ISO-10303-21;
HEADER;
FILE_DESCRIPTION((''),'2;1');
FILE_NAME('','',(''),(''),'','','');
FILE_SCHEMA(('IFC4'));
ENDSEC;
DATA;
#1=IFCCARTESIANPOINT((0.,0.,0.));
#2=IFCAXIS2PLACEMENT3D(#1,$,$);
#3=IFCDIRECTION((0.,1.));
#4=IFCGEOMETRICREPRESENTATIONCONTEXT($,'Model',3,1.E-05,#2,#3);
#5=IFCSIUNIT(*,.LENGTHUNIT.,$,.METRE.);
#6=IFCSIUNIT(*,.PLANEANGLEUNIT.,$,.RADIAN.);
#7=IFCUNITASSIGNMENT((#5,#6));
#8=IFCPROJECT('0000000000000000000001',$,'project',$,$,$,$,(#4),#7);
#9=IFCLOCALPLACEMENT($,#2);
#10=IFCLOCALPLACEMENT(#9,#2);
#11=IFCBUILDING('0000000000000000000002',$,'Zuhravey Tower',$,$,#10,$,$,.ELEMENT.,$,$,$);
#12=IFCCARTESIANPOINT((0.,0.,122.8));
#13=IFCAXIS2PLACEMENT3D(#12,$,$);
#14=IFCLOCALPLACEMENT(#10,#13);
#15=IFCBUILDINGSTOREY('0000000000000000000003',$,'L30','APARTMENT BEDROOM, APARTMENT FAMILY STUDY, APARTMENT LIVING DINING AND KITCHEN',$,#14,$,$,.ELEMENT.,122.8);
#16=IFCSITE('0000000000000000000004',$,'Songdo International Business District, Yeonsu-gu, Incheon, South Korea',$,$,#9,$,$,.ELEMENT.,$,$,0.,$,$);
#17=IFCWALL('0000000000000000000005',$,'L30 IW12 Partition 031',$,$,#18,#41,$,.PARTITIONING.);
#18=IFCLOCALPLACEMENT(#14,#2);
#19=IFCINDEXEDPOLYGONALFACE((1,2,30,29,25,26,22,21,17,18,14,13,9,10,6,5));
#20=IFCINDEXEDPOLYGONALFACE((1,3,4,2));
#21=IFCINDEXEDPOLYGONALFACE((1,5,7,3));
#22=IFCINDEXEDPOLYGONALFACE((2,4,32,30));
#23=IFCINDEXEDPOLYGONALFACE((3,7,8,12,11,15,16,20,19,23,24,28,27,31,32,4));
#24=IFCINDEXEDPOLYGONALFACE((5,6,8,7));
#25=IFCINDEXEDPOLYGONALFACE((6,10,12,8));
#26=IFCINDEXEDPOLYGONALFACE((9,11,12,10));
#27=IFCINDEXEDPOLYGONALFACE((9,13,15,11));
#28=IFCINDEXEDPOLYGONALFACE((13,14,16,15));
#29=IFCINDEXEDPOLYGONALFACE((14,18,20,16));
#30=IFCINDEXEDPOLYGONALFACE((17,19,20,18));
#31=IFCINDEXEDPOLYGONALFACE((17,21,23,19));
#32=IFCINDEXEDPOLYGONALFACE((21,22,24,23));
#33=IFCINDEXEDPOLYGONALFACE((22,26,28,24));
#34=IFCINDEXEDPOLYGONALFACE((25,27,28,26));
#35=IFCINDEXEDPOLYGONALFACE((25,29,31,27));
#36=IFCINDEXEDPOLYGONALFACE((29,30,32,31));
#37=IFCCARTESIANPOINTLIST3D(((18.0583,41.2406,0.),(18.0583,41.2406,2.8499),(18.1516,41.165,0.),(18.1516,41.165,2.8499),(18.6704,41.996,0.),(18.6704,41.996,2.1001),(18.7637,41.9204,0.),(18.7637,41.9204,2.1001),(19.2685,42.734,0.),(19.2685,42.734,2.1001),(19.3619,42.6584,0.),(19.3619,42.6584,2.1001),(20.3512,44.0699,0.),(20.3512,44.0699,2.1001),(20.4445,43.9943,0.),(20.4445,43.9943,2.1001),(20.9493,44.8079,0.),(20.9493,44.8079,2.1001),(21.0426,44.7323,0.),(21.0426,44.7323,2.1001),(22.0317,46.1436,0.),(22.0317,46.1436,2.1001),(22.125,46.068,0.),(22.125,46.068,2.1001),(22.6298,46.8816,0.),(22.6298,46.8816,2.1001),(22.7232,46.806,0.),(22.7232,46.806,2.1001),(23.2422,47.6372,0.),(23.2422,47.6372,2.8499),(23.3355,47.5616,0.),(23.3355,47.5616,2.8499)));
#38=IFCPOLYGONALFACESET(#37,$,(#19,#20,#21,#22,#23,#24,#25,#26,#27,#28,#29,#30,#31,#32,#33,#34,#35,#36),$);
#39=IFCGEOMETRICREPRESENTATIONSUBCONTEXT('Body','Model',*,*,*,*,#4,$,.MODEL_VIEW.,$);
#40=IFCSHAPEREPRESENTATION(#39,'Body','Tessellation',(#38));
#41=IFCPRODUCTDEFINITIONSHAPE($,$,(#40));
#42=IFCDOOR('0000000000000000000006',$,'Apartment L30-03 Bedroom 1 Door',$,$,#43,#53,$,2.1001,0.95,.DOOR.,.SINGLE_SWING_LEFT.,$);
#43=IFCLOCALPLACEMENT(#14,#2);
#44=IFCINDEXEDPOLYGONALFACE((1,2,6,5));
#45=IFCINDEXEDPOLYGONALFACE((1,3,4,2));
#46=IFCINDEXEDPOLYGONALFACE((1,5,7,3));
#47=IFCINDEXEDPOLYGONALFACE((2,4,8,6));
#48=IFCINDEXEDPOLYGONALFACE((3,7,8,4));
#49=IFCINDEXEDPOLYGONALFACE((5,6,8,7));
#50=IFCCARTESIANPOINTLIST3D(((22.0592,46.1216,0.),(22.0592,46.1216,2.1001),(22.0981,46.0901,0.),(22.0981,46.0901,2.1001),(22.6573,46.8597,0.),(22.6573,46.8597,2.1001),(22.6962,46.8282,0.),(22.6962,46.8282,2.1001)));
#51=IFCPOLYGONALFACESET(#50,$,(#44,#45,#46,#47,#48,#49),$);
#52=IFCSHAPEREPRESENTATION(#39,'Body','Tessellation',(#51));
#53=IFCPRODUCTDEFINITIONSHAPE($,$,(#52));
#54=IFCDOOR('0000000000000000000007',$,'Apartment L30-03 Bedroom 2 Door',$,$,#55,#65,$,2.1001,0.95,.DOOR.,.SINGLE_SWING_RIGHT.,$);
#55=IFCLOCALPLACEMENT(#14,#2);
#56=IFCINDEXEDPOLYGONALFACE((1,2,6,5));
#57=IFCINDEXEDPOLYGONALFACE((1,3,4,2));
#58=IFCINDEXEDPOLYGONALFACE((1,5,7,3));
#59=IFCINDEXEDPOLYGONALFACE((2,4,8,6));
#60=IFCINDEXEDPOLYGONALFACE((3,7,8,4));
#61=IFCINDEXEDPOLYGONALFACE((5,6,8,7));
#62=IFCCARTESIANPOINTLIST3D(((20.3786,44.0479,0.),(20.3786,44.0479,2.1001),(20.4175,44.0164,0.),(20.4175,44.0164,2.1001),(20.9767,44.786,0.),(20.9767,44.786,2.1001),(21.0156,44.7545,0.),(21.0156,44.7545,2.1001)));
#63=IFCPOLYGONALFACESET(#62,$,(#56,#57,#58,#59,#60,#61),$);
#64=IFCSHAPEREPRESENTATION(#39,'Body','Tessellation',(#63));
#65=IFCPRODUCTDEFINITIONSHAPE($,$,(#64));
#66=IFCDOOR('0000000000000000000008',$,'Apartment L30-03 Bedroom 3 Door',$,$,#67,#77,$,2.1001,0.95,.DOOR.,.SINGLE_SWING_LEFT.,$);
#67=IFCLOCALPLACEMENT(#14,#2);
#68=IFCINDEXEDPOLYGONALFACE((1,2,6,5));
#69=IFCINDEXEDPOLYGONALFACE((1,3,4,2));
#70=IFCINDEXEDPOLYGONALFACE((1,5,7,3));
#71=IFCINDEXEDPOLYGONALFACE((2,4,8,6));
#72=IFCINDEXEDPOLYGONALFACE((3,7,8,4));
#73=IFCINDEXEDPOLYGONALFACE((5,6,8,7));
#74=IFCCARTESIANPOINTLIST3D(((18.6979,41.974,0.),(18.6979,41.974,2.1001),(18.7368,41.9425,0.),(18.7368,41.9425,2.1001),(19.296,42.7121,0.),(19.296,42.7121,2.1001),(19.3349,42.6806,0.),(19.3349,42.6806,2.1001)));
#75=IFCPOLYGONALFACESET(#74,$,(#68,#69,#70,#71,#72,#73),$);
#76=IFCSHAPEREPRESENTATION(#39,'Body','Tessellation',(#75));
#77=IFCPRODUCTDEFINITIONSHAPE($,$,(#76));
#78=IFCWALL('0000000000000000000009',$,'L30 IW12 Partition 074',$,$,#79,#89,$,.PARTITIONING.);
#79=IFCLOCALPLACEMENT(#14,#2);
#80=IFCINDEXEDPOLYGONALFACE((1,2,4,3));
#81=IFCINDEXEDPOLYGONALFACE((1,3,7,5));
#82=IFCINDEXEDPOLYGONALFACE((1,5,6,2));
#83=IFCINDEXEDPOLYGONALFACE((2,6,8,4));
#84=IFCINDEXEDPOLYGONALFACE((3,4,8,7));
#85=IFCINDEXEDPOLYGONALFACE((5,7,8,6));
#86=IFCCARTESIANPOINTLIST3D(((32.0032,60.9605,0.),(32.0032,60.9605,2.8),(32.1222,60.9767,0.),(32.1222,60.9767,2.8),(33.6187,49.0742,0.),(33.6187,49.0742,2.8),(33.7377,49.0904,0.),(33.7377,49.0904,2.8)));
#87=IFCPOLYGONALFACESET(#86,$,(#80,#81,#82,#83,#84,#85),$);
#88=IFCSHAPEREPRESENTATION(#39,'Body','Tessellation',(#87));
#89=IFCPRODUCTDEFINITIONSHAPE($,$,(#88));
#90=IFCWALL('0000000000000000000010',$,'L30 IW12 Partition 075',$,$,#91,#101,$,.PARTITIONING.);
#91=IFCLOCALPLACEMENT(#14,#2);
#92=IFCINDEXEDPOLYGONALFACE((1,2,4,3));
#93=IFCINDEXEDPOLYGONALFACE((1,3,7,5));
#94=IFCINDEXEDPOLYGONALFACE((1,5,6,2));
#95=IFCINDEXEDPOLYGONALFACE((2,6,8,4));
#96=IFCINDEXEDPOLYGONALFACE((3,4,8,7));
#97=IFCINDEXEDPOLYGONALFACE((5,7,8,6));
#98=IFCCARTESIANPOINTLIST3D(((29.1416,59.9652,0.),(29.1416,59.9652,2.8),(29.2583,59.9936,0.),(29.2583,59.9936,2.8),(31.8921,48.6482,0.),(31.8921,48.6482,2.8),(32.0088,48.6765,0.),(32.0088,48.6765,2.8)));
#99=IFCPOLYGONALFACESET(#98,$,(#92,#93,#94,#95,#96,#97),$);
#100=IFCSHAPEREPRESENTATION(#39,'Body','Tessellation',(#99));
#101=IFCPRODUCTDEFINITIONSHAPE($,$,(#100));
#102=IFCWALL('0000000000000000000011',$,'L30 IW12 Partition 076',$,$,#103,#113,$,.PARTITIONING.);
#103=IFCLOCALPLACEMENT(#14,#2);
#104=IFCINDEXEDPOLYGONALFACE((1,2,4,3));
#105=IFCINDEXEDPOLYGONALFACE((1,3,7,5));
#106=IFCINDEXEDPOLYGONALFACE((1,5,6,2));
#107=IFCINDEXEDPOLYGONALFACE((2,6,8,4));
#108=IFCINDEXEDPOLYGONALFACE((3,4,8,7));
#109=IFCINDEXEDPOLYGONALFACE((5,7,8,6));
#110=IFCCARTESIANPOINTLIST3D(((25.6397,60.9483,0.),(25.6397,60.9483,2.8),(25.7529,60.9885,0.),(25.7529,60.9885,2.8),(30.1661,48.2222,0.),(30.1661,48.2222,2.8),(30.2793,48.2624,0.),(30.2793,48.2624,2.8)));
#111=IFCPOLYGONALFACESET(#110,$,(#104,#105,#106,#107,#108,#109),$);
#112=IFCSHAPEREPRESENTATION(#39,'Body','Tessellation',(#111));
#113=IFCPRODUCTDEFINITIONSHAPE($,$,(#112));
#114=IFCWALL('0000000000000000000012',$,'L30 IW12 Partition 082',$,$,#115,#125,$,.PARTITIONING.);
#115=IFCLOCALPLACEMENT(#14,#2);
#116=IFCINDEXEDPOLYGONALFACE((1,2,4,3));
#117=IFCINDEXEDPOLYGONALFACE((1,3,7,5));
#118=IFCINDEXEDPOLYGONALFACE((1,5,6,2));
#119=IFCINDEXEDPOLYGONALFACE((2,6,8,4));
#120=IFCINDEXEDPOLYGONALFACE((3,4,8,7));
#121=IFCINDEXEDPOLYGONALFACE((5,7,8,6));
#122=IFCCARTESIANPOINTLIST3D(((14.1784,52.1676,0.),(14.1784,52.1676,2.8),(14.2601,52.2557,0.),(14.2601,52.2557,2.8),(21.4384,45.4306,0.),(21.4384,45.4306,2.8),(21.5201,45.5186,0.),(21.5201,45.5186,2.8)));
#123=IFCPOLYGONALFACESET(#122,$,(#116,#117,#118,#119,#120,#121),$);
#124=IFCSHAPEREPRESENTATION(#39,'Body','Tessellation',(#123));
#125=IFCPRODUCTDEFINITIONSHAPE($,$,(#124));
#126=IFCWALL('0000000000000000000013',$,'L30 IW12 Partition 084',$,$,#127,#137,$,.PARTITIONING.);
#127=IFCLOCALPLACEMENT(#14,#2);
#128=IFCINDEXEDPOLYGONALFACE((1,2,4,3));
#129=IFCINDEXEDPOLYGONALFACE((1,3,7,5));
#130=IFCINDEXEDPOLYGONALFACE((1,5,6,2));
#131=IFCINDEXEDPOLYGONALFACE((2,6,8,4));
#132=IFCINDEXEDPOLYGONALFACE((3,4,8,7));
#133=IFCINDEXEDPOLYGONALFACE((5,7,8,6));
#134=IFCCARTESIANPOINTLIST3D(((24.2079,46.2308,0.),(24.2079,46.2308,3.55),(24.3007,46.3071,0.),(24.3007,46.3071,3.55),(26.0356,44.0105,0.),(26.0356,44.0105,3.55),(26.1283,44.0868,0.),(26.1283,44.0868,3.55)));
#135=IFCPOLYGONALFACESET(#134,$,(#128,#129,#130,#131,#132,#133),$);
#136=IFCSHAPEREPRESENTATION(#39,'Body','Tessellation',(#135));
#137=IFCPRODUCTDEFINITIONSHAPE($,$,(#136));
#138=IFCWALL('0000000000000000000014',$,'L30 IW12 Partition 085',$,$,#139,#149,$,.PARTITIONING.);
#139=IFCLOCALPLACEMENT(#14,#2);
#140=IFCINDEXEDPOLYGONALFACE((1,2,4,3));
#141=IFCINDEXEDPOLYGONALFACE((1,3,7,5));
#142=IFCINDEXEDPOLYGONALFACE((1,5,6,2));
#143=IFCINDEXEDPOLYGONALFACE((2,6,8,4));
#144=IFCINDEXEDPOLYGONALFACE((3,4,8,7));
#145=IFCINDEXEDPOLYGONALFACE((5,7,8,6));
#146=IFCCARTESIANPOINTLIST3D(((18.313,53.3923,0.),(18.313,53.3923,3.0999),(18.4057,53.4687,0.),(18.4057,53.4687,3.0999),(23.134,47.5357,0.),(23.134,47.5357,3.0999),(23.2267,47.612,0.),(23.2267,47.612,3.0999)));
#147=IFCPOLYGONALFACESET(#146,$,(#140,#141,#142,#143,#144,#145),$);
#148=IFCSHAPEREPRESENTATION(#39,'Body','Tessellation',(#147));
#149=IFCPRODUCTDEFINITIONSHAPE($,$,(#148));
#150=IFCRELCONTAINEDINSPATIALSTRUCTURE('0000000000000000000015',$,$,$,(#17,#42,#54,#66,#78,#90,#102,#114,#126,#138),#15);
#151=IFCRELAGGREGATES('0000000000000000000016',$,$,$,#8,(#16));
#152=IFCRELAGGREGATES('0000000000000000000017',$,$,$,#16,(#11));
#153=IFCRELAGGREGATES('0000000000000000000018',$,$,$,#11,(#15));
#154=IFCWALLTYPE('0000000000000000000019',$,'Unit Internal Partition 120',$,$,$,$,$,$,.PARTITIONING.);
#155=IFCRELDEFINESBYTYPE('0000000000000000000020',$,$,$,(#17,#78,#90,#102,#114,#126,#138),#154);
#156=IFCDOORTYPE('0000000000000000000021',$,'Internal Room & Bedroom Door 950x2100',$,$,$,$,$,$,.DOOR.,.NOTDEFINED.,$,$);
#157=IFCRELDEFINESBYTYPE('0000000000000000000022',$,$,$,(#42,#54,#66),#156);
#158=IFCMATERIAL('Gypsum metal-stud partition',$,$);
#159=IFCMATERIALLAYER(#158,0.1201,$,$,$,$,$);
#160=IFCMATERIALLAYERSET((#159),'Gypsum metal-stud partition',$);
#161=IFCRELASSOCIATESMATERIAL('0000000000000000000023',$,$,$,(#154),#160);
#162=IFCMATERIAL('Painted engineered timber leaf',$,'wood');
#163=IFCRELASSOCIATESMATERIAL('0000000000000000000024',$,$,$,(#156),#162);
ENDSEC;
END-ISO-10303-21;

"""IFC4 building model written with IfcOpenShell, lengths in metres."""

from ifc_helpers import new_model, si_unit, direction, frame, frame_2d, origin, place, context, subcontext, project, spatial, rectangle, extrude, material, layer, layer_set, type_object, element, fill, save


model = new_model("IFC4")

# Units and contexts
model_context = context("Model", 3, precision=1e-05, world=origin(), true_north=direction((0.0, 1.0)))
body_context = subcontext(model_context, "Body", "Model", "MODEL_VIEW")
ifc_project = project(units=[si_unit("LENGTHUNIT", "METRE"), si_unit("PLANEANGLEUNIT", "RADIAN")], contexts=[model_context])

# Site, building, storey
site_placement = place(None, origin())
site = spatial("IfcSite", under=ifc_project, at=site_placement, Name="Songdo International Business District, Yeonsu-gu, Incheon, South Korea", CompositionType="ELEMENT", RefElevation=0.0)
building_placement = place(site_placement, origin())
building = spatial("IfcBuilding", under=site, at=building_placement, Name="Zuhravey Tower", CompositionType="ELEMENT")
storey_placement = place(building_placement, frame((0.0, 0.0, 122.8)))
storey = spatial("IfcBuildingStorey", under=building, at=storey_placement, Name="L30", Description="APARTMENT BEDROOM, APARTMENT FAMILY STUDY, APARTMENT LIVING DINING AND KITCHEN", CompositionType="ELEMENT", Elevation=122.8)

# Shared definitions
ifc_material_1 = material(Name="Gypsum metal-stud partition")
ifc_layer_1 = layer(ifc_material_1, 0.1201)
ifc_layer_set_1 = layer_set([ifc_layer_1], Name="Gypsum metal-stud partition")
wall_type_1 = type_object("IfcWallType", Name="Unit Internal Partition 120", PredefinedType="PARTITIONING", material=ifc_layer_set_1)
ifc_material_2 = material(Name="Painted engineered timber leaf", Category="wood")
door_type_1 = type_object("IfcDoorType", Name="Internal Room & Bedroom Door 950x2100", OperationType="NOTDEFINED", PredefinedType="DOOR", material=ifc_material_2)

# Wall, openings, doors
wall_1_placement = place(storey_placement, frame((23.2888, 47.5994, 0.0), z_axis=(0.0, 0.0, 1.0), x_axis=(-0.629619, -0.776904, 0.0)))
wall_1 = element("IfcWall", 1, at=wall_1_placement, inside=storey, type_object=wall_type_1, Name="L30 IW12 Partition 031", PredefinedType="PARTITIONING", context=body_context, shape_type="SweptSolid", body=[
    extrude(rectangle(XDim=8.2334, YDim=0.1201, at=frame_2d((4.1167, 0.0))), origin(), (0.0, 0.0, 1.0), 2.8499),
])
opening_1_placement = place(wall_1_placement, frame((0.9724, 0.0, 0.0)))
opening_1 = element("IfcOpeningElement", 2, at=opening_1_placement, cuts=wall_1, PredefinedType="OPENING", context=body_context, shape_type="SweptSolid", body=[
    extrude(rectangle(XDim=0.95, YDim=2.1001, at=frame_2d((0.4751, 1.05))), frame((0.0, 0.072, 0.0), z_axis=(0.0, -1.0, 0.0), x_axis=(1.0, 0.0, 0.0)), (0.0, 0.0, 1.0), 0.144),
])
opening_2_placement = place(wall_1_placement, frame((3.6416, 0.0, 0.0)))
opening_2 = element("IfcOpeningElement", 3, at=opening_2_placement, cuts=wall_1, PredefinedType="OPENING", context=body_context, shape_type="SweptSolid", body=[
    extrude(rectangle(XDim=0.95, YDim=2.1001, at=frame_2d((0.4751, 1.05))), frame((0.0, 0.072, 0.0), z_axis=(0.0, -1.0, 0.0), x_axis=(1.0, 0.0, 0.0)), (0.0, 0.0, 1.0), 0.144),
])
opening_3_placement = place(wall_1_placement, frame((6.311, 0.0, 0.0)))
opening_3 = element("IfcOpeningElement", 4, at=opening_3_placement, cuts=wall_1, PredefinedType="OPENING", context=body_context, shape_type="SweptSolid", body=[
    extrude(rectangle(XDim=0.95, YDim=2.1001, at=frame_2d((0.4751, 1.05))), frame((0.0, 0.072, 0.0), z_axis=(0.0, -1.0, 0.0), x_axis=(1.0, 0.0, 0.0)), (0.0, 0.0, 1.0), 0.144),
])
door_1_placement = place(opening_1_placement, frame((0.95, 0.0, 0.0), z_axis=(0.0, 0.0, 1.0), x_axis=(-1.0, 0.0, 0.0)))
door_1 = element("IfcDoor", 5, at=door_1_placement, inside=storey, type_object=door_type_1, Name="Apartment L30-03 Bedroom 1 Door", OperationType="SINGLE_SWING_LEFT", OverallHeight=2.1001, OverallWidth=0.95, PredefinedType="DOOR", context=body_context, shape_type="SweptSolid", body=[
    extrude(rectangle(XDim=0.95, YDim=2.1001, at=frame_2d((0.4751, 1.05))), frame((0.0, 0.0249, 0.0), z_axis=(0.0, -1.0, 0.0), x_axis=(1.0, 0.0, 0.0)), (0.0, 0.0, 1.0), 0.05),
])
fill(opening_1, door_1)
door_2_placement = place(opening_2_placement, frame((0.95, 0.0, 0.0), z_axis=(0.0, 0.0, 1.0), x_axis=(-1.0, 0.0, 0.0)))
door_2 = element("IfcDoor", 6, at=door_2_placement, inside=storey, type_object=door_type_1, Name="Apartment L30-03 Bedroom 2 Door", OperationType="SINGLE_SWING_RIGHT", OverallHeight=2.1001, OverallWidth=0.95, PredefinedType="DOOR", context=body_context, shape_type="SweptSolid", body=[
    extrude(rectangle(XDim=0.95, YDim=2.1001, at=frame_2d((0.4751, 1.05))), frame((0.0, 0.0249, 0.0), z_axis=(0.0, -1.0, 0.0), x_axis=(1.0, 0.0, 0.0)), (0.0, 0.0, 1.0), 0.05),
])
fill(opening_2, door_2)
door_3_placement = place(opening_3_placement, frame((0.95, 0.0, 0.0), z_axis=(0.0, 0.0, 1.0), x_axis=(-1.0, 0.0, 0.0)))
door_3 = element("IfcDoor", 7, at=door_3_placement, inside=storey, type_object=door_type_1, Name="Apartment L30-03 Bedroom 3 Door", OperationType="SINGLE_SWING_LEFT", OverallHeight=2.1001, OverallWidth=0.95, PredefinedType="DOOR", context=body_context, shape_type="SweptSolid", body=[
    extrude(rectangle(XDim=0.95, YDim=2.1001, at=frame_2d((0.4751, 1.05))), frame((0.0, 0.0249, 0.0), z_axis=(0.0, -1.0, 0.0), x_axis=(1.0, 0.0, 0.0)), (0.0, 0.0, 1.0), 0.05),
])
fill(opening_3, door_3)

# Walls
wall_2_placement = place(storey_placement, frame((33.6782, 49.0823, 0.0), z_axis=(0.0, 0.0, 1.0), x_axis=(-0.134674, 0.99089, 0.0)))
element("IfcWall", 8, at=wall_2_placement, inside=storey, type_object=wall_type_1, Name="L30 IW12 Partition 074", PredefinedType="PARTITIONING", context=body_context, shape_type="SweptSolid", body=[
    extrude(rectangle(XDim=11.9956, YDim=0.1201, at=frame_2d((5.9978, 0.0))), origin(), (0.0, 0.0, 1.0), 2.8),
])
wall_3_placement = place(storey_placement, frame((31.9504, 48.6624, 0.0), z_axis=(0.0, 0.0, 1.0), x_axis=(-0.236163, 0.971714, 0.0)))
element("IfcWall", 9, at=wall_3_placement, inside=storey, type_object=wall_type_1, Name="L30 IW12 Partition 075", PredefinedType="PARTITIONING", context=body_context, shape_type="SweptSolid", body=[
    extrude(rectangle(XDim=11.6465, YDim=0.1201, at=frame_2d((5.8232, 0.0))), origin(), (0.0, 0.0, 1.0), 2.8),
])
wall_4_placement = place(storey_placement, frame((30.2227, 48.2424, 0.0), z_axis=(0.0, 0.0, 1.0), x_axis=(-0.335111, 0.942179, 0.0)))
element("IfcWall", 10, at=wall_4_placement, inside=storey, type_object=wall_type_1, Name="L30 IW12 Partition 076", PredefinedType="PARTITIONING", context=body_context, shape_type="SweptSolid", body=[
    extrude(rectangle(XDim=13.5071, YDim=0.1201, at=frame_2d((6.7534, 0.0))), origin(), (0.0, 0.0, 1.0), 2.8),
])
wall_5_placement = place(storey_placement, frame((21.4792, 45.4746, 0.0), z_axis=(0.0, 0.0, 1.0), x_axis=(-0.733014, 0.680214, 0.0)))
element("IfcWall", 11, at=wall_5_placement, inside=storey, type_object=wall_type_1, Name="L30 IW12 Partition 082", PredefinedType="PARTITIONING", context=body_context, shape_type="SweptSolid", body=[
    extrude(rectangle(XDim=9.9043, YDim=0.1201, at=frame_2d((4.9521, 0.0))), origin(), (0.0, 0.0, 1.0), 2.8),
])
wall_6_placement = place(storey_placement, frame((26.082, 44.0486, 0.0), z_axis=(0.0, 0.0, 1.0), x_axis=(-0.635547, 0.772063, 0.0)))
element("IfcWall", 12, at=wall_6_placement, inside=storey, type_object=wall_type_1, Name="L30 IW12 Partition 084", PredefinedType="PARTITIONING", context=body_context, shape_type="SweptSolid", body=[
    extrude(rectangle(XDim=2.8757, YDim=0.1201, at=frame_2d((1.438, 0.0))), origin(), (0.0, 0.0, 1.0), 3.55),
])
wall_7_placement = place(storey_placement, frame((23.1804, 47.5737, 0.0), z_axis=(0.0, 0.0, 1.0), x_axis=(-0.635541, 0.772067, 0.0)))
element("IfcWall", 13, at=wall_7_placement, inside=storey, type_object=wall_type_1, Name="L30 IW12 Partition 085", PredefinedType="PARTITIONING", context=body_context, shape_type="SweptSolid", body=[
    extrude(rectangle(XDim=7.5857, YDim=0.1201, at=frame_2d((3.793, 0.0))), origin(), (0.0, 0.0, 1.0), 3.0999),
])

save(model, "model.ifc")
